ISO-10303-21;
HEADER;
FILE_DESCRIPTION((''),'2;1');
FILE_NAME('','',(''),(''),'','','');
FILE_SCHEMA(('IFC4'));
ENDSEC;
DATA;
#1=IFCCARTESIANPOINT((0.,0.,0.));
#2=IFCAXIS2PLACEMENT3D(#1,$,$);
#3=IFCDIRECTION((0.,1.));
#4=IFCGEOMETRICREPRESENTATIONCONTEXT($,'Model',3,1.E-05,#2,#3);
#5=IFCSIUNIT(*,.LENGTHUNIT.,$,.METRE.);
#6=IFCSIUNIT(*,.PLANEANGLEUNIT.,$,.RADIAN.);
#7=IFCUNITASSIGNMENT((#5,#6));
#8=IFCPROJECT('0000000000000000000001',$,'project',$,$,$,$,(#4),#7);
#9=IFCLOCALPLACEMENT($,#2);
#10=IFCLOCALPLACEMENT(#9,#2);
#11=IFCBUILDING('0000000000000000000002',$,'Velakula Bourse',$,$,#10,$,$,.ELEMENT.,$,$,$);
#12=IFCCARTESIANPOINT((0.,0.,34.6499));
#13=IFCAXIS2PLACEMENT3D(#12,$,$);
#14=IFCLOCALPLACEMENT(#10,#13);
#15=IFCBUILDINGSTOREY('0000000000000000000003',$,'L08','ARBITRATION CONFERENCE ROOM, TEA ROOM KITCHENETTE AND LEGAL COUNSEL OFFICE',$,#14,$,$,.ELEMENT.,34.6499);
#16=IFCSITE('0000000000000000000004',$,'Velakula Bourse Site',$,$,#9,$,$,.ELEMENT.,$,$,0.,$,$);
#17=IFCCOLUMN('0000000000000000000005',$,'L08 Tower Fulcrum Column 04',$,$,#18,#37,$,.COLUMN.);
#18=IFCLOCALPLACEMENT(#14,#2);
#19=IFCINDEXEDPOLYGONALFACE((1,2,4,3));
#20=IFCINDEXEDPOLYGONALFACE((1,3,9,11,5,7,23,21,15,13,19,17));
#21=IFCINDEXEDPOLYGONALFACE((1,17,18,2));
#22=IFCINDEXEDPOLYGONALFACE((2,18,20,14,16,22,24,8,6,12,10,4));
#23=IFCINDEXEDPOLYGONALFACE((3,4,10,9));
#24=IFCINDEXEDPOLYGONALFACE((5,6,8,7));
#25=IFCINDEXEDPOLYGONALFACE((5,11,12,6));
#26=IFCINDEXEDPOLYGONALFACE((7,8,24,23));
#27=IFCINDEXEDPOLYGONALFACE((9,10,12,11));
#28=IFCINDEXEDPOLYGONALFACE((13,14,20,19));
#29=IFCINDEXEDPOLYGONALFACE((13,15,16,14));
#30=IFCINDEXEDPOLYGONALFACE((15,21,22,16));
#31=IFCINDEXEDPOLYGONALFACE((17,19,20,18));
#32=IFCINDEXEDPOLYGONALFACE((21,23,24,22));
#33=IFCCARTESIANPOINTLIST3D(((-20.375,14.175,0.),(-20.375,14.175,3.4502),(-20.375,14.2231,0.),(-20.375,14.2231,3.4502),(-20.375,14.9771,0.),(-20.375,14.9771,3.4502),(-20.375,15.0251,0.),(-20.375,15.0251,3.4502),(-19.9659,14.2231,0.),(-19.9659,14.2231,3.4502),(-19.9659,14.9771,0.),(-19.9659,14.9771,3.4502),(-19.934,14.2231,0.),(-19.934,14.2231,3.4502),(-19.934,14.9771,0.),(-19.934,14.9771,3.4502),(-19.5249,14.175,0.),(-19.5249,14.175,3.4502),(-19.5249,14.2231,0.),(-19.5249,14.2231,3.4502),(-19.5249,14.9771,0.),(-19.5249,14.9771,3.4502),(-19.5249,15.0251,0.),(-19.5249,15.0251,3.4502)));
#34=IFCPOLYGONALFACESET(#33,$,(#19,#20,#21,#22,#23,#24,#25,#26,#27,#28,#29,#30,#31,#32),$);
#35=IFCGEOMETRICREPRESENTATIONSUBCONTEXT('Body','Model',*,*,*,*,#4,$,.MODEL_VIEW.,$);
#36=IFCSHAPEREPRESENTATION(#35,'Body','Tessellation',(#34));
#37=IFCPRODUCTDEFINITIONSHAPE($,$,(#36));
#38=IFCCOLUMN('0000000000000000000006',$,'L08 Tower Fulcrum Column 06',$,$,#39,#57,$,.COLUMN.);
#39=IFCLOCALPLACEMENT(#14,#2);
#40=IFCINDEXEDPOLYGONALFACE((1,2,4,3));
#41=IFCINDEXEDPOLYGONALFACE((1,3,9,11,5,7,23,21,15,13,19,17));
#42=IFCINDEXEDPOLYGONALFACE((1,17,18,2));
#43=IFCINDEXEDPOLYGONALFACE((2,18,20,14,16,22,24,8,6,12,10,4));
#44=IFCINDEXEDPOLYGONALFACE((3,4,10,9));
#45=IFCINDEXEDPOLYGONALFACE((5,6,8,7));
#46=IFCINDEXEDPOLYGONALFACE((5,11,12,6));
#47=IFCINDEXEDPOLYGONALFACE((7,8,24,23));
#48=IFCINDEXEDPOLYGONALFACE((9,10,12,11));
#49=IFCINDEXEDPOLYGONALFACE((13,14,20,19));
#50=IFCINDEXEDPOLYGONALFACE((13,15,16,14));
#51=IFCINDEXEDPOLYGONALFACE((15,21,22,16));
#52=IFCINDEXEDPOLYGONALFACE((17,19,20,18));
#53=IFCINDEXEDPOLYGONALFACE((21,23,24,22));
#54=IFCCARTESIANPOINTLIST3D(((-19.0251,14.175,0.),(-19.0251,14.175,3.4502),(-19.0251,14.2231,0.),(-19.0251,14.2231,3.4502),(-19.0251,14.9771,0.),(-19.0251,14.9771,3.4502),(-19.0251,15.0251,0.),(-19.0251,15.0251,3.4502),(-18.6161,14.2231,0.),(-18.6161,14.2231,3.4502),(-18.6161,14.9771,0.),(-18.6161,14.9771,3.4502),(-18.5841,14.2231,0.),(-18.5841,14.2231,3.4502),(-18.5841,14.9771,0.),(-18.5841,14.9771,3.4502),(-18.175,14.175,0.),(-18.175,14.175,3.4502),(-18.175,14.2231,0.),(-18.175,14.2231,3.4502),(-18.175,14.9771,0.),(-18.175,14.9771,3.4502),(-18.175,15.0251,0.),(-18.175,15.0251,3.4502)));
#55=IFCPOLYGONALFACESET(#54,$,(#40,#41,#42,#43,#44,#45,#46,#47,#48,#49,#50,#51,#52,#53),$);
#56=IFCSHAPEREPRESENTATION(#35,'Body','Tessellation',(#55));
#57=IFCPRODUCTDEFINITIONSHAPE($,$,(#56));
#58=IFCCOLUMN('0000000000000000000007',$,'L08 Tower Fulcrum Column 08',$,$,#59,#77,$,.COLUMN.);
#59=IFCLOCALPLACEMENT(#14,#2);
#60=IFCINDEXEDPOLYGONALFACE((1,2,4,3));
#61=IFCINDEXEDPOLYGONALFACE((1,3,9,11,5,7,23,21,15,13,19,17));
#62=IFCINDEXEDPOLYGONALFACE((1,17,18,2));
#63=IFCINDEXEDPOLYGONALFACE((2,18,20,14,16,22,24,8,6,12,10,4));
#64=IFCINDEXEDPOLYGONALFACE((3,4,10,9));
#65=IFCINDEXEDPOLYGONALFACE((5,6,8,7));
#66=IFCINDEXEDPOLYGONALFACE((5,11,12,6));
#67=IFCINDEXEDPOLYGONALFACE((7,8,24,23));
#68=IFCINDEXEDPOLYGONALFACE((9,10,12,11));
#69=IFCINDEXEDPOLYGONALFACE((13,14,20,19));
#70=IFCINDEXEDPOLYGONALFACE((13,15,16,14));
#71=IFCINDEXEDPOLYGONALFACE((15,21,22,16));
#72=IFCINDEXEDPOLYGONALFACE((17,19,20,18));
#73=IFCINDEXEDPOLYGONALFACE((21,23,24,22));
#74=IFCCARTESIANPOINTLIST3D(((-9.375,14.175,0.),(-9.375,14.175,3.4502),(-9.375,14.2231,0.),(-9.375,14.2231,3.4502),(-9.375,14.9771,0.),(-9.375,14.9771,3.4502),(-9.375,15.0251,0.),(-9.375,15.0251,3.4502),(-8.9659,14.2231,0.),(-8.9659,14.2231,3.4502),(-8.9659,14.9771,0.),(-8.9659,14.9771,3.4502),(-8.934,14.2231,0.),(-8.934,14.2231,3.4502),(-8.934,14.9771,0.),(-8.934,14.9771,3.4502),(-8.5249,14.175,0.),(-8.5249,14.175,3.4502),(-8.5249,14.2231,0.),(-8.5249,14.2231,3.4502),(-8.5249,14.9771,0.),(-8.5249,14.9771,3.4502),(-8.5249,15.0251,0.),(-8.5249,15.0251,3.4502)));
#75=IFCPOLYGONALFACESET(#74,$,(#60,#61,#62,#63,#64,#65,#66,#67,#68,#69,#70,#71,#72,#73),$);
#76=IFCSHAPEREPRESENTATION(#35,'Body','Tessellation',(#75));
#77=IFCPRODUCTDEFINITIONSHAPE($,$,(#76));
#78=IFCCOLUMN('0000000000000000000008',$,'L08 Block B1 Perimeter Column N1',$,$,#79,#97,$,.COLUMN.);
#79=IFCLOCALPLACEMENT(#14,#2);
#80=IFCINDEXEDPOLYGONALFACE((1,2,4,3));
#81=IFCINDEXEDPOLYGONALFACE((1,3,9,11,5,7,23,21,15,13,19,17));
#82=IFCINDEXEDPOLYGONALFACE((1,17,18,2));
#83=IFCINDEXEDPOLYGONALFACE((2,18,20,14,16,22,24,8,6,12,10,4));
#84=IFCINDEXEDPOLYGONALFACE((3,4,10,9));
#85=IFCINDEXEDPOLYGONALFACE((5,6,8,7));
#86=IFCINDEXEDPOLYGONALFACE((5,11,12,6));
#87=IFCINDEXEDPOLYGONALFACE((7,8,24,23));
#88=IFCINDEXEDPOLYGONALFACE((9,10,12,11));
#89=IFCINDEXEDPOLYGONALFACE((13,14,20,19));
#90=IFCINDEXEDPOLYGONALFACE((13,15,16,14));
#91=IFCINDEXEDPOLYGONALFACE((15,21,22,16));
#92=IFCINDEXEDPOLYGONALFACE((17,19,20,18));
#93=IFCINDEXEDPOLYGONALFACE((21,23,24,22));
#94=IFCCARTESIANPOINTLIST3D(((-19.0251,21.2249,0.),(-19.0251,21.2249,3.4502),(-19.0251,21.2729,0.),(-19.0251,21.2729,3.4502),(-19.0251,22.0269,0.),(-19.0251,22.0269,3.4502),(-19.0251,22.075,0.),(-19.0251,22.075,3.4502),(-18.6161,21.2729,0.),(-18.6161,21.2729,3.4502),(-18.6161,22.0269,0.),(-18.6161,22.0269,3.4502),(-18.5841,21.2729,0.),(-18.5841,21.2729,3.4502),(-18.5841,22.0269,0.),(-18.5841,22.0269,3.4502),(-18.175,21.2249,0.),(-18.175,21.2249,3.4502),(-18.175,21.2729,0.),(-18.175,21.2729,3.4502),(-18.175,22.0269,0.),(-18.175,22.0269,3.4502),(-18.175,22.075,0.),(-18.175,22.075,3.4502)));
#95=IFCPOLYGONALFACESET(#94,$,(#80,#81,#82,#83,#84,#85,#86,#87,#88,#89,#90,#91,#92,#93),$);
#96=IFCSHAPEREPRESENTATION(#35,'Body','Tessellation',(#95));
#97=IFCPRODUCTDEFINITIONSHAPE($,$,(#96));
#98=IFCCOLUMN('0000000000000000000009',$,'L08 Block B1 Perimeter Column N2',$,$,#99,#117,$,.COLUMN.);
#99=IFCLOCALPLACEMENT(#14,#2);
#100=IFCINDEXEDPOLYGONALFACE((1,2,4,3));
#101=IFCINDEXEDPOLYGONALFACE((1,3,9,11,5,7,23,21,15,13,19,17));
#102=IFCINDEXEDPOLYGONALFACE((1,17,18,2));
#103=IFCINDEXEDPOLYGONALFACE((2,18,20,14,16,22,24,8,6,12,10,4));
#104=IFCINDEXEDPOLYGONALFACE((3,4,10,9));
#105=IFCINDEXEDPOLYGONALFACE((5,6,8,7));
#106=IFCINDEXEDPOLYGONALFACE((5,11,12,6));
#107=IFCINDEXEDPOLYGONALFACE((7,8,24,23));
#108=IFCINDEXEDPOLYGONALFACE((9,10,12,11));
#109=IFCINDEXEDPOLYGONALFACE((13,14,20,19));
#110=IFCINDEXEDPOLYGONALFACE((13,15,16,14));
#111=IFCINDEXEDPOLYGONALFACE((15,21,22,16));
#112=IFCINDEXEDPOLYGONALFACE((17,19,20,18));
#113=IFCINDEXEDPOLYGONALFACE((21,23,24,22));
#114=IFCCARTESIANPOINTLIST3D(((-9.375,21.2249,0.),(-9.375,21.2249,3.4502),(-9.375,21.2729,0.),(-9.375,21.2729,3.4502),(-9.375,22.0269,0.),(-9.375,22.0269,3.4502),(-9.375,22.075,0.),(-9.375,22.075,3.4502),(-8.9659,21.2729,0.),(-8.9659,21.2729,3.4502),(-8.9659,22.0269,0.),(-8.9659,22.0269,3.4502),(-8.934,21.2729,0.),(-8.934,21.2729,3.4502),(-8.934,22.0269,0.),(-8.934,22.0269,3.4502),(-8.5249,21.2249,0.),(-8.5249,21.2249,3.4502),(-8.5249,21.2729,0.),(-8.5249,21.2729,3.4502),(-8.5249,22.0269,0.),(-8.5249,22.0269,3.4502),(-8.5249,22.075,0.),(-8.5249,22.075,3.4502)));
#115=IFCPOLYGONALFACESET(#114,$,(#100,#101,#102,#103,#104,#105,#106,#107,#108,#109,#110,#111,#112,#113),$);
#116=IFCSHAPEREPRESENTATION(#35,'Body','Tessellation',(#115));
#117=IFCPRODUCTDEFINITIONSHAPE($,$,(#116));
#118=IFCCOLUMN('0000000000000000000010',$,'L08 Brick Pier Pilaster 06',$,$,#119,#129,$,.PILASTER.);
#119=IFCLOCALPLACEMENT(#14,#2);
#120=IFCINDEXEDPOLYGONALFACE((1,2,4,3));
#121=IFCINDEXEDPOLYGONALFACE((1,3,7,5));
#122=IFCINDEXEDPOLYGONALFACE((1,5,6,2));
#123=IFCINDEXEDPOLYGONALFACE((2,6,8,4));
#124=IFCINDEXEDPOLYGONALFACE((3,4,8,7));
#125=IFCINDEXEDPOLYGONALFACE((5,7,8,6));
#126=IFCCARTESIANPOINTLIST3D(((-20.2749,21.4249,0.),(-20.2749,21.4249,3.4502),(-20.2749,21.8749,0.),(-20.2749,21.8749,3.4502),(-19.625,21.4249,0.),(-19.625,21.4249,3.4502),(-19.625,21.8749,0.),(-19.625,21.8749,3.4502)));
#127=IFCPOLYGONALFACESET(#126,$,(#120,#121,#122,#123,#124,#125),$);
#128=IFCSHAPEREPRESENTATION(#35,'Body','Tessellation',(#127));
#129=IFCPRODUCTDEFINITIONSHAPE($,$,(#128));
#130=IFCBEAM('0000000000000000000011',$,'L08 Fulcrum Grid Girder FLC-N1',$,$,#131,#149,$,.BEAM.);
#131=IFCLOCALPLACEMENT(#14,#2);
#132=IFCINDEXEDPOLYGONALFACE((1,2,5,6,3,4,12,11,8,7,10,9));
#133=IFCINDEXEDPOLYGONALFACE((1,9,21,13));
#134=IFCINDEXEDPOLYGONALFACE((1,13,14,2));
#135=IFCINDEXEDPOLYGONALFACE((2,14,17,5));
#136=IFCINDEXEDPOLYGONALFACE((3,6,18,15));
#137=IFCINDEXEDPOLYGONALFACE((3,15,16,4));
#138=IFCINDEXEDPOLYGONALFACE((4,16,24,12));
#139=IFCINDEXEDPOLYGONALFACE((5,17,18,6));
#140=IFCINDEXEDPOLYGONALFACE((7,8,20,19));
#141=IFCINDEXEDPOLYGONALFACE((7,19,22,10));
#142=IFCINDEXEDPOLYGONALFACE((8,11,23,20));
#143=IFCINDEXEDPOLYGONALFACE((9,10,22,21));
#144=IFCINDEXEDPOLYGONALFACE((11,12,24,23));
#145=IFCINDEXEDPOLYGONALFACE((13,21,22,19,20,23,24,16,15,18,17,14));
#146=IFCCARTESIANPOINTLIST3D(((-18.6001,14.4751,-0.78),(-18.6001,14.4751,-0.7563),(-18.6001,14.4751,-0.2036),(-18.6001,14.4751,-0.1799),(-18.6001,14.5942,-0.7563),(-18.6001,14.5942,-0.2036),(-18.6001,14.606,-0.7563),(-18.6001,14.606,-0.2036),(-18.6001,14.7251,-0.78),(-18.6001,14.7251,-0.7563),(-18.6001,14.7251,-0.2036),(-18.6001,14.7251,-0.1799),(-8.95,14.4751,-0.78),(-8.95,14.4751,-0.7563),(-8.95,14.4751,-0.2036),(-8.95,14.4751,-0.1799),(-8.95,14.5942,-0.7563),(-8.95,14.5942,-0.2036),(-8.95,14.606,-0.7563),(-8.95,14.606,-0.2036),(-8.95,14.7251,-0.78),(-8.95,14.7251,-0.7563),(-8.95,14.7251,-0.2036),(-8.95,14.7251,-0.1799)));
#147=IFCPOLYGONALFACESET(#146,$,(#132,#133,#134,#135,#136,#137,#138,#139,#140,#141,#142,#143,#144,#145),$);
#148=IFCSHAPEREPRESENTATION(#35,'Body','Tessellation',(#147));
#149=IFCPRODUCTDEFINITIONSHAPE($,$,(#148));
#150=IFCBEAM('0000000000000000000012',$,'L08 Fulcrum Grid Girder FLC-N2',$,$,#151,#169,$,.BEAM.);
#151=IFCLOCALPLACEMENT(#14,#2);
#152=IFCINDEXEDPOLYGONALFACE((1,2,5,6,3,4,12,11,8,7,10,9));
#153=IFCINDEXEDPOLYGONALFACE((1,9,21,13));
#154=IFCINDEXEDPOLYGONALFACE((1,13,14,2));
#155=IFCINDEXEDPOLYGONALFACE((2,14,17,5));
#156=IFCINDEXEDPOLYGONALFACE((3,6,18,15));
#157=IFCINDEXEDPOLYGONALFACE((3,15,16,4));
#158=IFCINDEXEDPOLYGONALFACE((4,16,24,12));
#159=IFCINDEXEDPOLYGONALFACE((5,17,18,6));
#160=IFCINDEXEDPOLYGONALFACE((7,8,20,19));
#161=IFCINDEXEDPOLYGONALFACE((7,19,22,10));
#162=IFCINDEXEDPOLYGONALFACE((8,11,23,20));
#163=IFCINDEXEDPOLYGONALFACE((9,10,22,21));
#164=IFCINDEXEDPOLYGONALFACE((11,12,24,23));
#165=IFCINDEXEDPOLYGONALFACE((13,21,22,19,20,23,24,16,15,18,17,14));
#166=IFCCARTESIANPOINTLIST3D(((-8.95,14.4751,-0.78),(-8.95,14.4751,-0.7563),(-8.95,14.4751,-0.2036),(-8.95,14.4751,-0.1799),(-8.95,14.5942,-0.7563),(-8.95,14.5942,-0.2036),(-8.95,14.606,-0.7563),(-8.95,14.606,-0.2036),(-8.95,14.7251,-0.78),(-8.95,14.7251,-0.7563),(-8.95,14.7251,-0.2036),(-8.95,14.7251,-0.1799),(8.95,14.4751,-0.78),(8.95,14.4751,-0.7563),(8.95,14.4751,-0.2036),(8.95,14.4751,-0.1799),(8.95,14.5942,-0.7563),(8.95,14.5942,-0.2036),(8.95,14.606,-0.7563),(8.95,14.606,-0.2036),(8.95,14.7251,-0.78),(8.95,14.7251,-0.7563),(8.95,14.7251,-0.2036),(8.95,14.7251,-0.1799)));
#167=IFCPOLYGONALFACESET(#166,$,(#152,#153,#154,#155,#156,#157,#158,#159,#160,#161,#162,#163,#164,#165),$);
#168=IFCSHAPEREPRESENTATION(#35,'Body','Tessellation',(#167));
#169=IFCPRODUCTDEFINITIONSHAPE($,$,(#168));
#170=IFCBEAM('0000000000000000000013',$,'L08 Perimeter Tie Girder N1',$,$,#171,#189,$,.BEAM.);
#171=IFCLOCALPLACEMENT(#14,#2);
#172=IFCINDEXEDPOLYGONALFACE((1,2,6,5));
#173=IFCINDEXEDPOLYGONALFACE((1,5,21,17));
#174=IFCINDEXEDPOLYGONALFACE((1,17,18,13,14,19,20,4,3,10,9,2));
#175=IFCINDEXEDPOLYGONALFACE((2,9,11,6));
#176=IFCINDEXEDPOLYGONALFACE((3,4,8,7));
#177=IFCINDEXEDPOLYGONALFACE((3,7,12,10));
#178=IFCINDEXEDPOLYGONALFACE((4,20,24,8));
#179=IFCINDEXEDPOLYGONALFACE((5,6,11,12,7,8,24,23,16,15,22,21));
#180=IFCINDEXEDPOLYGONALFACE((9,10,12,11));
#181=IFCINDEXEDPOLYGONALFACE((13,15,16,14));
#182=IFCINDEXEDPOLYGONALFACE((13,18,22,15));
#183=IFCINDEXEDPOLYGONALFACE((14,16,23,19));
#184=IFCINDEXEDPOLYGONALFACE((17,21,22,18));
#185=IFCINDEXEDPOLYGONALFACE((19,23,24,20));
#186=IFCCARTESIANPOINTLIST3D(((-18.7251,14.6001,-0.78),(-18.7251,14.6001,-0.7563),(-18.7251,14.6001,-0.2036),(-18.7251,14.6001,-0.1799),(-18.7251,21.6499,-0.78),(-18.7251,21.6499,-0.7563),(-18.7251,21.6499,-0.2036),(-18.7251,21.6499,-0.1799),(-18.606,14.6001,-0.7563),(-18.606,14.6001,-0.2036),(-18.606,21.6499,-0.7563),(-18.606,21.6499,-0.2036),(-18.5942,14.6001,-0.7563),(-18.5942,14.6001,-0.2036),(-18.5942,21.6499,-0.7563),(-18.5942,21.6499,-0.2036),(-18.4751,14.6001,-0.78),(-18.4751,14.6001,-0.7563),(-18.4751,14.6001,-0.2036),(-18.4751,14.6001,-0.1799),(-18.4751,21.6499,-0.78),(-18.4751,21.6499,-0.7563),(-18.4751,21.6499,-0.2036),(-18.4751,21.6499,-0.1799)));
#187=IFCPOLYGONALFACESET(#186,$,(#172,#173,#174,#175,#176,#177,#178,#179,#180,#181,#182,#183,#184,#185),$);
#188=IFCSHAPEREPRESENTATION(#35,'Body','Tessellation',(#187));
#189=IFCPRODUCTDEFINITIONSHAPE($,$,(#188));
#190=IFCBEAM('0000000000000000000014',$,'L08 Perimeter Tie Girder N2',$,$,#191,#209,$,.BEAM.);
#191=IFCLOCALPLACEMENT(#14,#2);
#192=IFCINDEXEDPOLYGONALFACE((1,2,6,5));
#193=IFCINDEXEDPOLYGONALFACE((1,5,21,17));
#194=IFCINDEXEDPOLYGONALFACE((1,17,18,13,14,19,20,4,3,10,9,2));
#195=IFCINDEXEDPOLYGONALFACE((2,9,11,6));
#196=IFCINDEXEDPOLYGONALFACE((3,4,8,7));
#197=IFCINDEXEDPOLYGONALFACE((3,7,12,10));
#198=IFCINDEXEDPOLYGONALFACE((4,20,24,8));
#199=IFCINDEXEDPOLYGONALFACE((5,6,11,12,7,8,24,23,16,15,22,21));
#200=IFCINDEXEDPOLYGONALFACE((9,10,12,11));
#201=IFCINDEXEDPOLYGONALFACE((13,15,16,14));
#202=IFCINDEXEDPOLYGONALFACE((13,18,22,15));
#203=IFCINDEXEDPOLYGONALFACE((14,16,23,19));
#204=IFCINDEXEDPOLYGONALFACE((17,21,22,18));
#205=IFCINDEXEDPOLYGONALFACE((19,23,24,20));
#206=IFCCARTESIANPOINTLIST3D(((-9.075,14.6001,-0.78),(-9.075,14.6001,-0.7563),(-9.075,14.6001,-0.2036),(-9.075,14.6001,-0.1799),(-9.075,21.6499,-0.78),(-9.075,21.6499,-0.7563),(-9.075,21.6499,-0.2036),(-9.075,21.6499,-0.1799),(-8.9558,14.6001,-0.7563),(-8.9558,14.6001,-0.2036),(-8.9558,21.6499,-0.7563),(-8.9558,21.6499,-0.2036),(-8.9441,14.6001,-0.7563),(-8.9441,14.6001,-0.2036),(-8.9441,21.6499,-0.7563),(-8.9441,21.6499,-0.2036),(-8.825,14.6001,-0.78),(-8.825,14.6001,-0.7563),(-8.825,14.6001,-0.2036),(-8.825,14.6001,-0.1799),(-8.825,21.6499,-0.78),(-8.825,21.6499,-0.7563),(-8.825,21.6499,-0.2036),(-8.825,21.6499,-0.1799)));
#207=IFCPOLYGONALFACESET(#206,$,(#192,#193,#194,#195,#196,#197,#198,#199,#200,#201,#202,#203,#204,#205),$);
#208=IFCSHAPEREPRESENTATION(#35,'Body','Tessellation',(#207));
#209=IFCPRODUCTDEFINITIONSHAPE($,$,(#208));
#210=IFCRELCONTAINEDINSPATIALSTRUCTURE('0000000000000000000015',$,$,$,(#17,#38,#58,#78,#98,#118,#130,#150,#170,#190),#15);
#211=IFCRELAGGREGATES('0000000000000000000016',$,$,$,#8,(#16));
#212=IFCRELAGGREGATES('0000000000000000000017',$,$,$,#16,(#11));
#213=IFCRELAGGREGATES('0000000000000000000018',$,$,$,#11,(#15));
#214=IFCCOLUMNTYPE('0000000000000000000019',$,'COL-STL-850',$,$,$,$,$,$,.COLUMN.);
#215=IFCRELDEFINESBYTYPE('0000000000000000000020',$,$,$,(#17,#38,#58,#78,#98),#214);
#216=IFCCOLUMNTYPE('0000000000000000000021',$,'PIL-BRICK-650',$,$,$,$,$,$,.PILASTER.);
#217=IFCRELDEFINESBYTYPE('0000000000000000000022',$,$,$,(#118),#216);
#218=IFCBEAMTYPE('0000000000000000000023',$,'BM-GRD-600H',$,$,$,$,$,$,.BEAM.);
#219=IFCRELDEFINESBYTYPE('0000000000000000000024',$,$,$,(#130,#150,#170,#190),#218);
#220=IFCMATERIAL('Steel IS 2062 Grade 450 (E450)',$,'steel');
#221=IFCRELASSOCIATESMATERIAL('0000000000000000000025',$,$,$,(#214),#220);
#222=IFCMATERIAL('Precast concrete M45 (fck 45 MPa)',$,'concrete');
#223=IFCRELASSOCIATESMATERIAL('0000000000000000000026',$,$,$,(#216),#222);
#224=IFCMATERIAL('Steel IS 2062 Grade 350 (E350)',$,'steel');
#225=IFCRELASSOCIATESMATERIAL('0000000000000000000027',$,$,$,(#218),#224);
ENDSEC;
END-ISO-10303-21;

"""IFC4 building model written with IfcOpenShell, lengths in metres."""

from ifc_helpers import new_model, si_unit, direction, frame, origin, origin_2d, place, context, subcontext, project, spatial, rectangle, i_section, extrude, material, material_profile, profile_set, type_object, element, save


model = new_model("IFC4")

# Units and contexts
model_context = context("Model", 3, precision=1e-05, world=origin(), true_north=direction((0.0, 1.0)))
body_context = subcontext(model_context, "Body", "Model", "MODEL_VIEW")
ifc_project = project(units=[si_unit("LENGTHUNIT", "METRE"), si_unit("PLANEANGLEUNIT", "RADIAN")], contexts=[model_context])

# Site, building, storey
site_placement = place(None, origin())
site = spatial("IfcSite", under=ifc_project, at=site_placement, Name="Velakula Bourse Site", CompositionType="ELEMENT", RefElevation=0.0)
building_placement = place(site_placement, origin())
building = spatial("IfcBuilding", under=site, at=building_placement, Name="Velakula Bourse", CompositionType="ELEMENT")
storey_placement = place(building_placement, frame((0.0, 0.0, 34.6499)))
storey = spatial("IfcBuildingStorey", under=building, at=storey_placement, Name="L08", Description="ARBITRATION CONFERENCE ROOM, TEA ROOM KITCHENETTE AND LEGAL COUNSEL OFFICE", CompositionType="ELEMENT", Elevation=34.6499)

# Columns
ifc_material_1 = material(Name="Steel IS 2062 Grade 450 (E450)", Category="steel")
ifc_material_profile_1 = material_profile(ifc_material_1, i_section(OverallWidth=0.8501, OverallDepth=0.8501, WebThickness=0.032, FlangeThickness=0.0481, at=origin_2d()), Name="Steel IS 2062 Grade 450 (E450)")
ifc_profile_set_1 = profile_set([ifc_material_profile_1], Name="Steel IS 2062 Grade 450 (E450)")
column_type_1 = type_object("IfcColumnType", Name="COL-STL-850", PredefinedType="COLUMN", material=ifc_profile_set_1)
for number, where, z_axis, x_axis, name in (
    (1, (-19.95, 14.6001, 0.0), (0.0, 0.0, 1.0), (1.0, 0.0, 0.0), "L08 Tower Fulcrum Column 04"),
    (2, (-18.6001, 14.6001, 0.0), (0.0, 0.0, 1.0), (1.0, 0.0, 0.0), "L08 Tower Fulcrum Column 06"),
    (3, (-8.95, 14.6001, 0.0), (0.0, 0.0, 1.0), (1.0, 0.0, 0.0), "L08 Tower Fulcrum Column 08"),
    (4, (-18.6001, 21.6499, 0.0), (0.0, 0.0, 1.0), (1.0, 0.0, 0.0), "L08 Block B1 Perimeter Column N1"),
    (5, (-8.95, 21.6499, 0.0), (0.0, 0.0, 1.0), (1.0, 0.0, 0.0), "L08 Block B1 Perimeter Column N2"),
):
    element("IfcColumn", number, at=place(storey_placement, frame(where, z_axis=z_axis, x_axis=x_axis)), inside=storey, type_object=column_type_1, Name=name, PredefinedType="COLUMN", context=body_context, shape_type="SweptSolid", body=[
        extrude(i_section(OverallWidth=0.8501, OverallDepth=0.8501, WebThickness=0.032, FlangeThickness=0.0481, at=origin_2d()), origin(), (0.0, 0.0, 1.0), 3.4502),
    ])
ifc_material_2 = material(Name="Precast concrete M45 (fck 45 MPa)", Category="concrete")
ifc_material_profile_2 = material_profile(ifc_material_2, rectangle(XDim=0.6499, YDim=0.45, at=origin_2d()), Name="Precast concrete M45 (fck 45 MPa)")
ifc_profile_set_2 = profile_set([ifc_material_profile_2], Name="Precast concrete M45 (fck 45 MPa)")
column_type_2 = type_object("IfcColumnType", Name="PIL-BRICK-650", PredefinedType="PILASTER", material=ifc_profile_set_2)
column_placement = place(storey_placement, frame((-19.95, 21.6499, 0.0), z_axis=(0.0, 0.0, 1.0), x_axis=(1.0, 0.0, 0.0)))
element("IfcColumn", 6, at=column_placement, inside=storey, type_object=column_type_2, Name="L08 Brick Pier Pilaster 06", PredefinedType="PILASTER", context=body_context, shape_type="SweptSolid", body=[
    extrude(rectangle(XDim=0.6499, YDim=0.45, at=origin_2d()), origin(), (0.0, 0.0, 1.0), 3.4502),
])

# Beams
ifc_material_3 = material(Name="Steel IS 2062 Grade 350 (E350)", Category="steel")
ifc_material_profile_3 = material_profile(ifc_material_3, i_section(OverallWidth=0.25, OverallDepth=0.6001, WebThickness=0.0117, FlangeThickness=0.0237, at=origin_2d()), Name="Steel IS 2062 Grade 350 (E350)")
ifc_profile_set_3 = profile_set([ifc_material_profile_3], Name="Steel IS 2062 Grade 350 (E350)")
beam_type_1 = type_object("IfcBeamType", Name="BM-GRD-600H", PredefinedType="BEAM", material=ifc_profile_set_3)
beam_1_placement = place(storey_placement, frame((-18.6001, 14.6001, -0.48), z_axis=(1.0, 0.0, 0.0), x_axis=(0.0, 1.0, 0.0)))
element("IfcBeam", 7, at=beam_1_placement, inside=storey, type_object=beam_type_1, Name="L08 Fulcrum Grid Girder FLC-N1", PredefinedType="BEAM", context=body_context, shape_type="SweptSolid", body=[
    extrude(i_section(OverallWidth=0.25, OverallDepth=0.6001, WebThickness=0.0117, FlangeThickness=0.0237, at=origin_2d()), origin(), (0.0, 0.0, 1.0), 9.6501),
])
beam_2_placement = place(storey_placement, frame((-8.95, 14.6001, -0.48), z_axis=(1.0, 0.0, 0.0), x_axis=(0.0, 1.0, 0.0)))
element("IfcBeam", 8, at=beam_2_placement, inside=storey, type_object=beam_type_1, Name="L08 Fulcrum Grid Girder FLC-N2", PredefinedType="BEAM", context=body_context, shape_type="SweptSolid", body=[
    extrude(i_section(OverallWidth=0.25, OverallDepth=0.6001, WebThickness=0.0117, FlangeThickness=0.0237, at=origin_2d()), origin(), (0.0, 0.0, 1.0), 17.8999),
])
for number, where, z_axis, x_axis, name in (
    (9, (-18.6001, 14.6001, -0.48), (0.0, 1.0, 0.0), (-1.0, 0.0, 0.0), "L08 Perimeter Tie Girder N1"),
    (10, (-8.95, 14.6001, -0.48), (0.0, 1.0, 0.0), (-1.0, 0.0, 0.0), "L08 Perimeter Tie Girder N2"),
):
    element("IfcBeam", number, at=place(storey_placement, frame(where, z_axis=z_axis, x_axis=x_axis)), inside=storey, type_object=beam_type_1, Name=name, PredefinedType="BEAM", context=body_context, shape_type="SweptSolid", body=[
        extrude(i_section(OverallWidth=0.25, OverallDepth=0.6001, WebThickness=0.0117, FlangeThickness=0.0237, at=origin_2d()), origin(), (0.0, 0.0, 1.0), 7.0498),
    ])

save(model, "model.ifc")
